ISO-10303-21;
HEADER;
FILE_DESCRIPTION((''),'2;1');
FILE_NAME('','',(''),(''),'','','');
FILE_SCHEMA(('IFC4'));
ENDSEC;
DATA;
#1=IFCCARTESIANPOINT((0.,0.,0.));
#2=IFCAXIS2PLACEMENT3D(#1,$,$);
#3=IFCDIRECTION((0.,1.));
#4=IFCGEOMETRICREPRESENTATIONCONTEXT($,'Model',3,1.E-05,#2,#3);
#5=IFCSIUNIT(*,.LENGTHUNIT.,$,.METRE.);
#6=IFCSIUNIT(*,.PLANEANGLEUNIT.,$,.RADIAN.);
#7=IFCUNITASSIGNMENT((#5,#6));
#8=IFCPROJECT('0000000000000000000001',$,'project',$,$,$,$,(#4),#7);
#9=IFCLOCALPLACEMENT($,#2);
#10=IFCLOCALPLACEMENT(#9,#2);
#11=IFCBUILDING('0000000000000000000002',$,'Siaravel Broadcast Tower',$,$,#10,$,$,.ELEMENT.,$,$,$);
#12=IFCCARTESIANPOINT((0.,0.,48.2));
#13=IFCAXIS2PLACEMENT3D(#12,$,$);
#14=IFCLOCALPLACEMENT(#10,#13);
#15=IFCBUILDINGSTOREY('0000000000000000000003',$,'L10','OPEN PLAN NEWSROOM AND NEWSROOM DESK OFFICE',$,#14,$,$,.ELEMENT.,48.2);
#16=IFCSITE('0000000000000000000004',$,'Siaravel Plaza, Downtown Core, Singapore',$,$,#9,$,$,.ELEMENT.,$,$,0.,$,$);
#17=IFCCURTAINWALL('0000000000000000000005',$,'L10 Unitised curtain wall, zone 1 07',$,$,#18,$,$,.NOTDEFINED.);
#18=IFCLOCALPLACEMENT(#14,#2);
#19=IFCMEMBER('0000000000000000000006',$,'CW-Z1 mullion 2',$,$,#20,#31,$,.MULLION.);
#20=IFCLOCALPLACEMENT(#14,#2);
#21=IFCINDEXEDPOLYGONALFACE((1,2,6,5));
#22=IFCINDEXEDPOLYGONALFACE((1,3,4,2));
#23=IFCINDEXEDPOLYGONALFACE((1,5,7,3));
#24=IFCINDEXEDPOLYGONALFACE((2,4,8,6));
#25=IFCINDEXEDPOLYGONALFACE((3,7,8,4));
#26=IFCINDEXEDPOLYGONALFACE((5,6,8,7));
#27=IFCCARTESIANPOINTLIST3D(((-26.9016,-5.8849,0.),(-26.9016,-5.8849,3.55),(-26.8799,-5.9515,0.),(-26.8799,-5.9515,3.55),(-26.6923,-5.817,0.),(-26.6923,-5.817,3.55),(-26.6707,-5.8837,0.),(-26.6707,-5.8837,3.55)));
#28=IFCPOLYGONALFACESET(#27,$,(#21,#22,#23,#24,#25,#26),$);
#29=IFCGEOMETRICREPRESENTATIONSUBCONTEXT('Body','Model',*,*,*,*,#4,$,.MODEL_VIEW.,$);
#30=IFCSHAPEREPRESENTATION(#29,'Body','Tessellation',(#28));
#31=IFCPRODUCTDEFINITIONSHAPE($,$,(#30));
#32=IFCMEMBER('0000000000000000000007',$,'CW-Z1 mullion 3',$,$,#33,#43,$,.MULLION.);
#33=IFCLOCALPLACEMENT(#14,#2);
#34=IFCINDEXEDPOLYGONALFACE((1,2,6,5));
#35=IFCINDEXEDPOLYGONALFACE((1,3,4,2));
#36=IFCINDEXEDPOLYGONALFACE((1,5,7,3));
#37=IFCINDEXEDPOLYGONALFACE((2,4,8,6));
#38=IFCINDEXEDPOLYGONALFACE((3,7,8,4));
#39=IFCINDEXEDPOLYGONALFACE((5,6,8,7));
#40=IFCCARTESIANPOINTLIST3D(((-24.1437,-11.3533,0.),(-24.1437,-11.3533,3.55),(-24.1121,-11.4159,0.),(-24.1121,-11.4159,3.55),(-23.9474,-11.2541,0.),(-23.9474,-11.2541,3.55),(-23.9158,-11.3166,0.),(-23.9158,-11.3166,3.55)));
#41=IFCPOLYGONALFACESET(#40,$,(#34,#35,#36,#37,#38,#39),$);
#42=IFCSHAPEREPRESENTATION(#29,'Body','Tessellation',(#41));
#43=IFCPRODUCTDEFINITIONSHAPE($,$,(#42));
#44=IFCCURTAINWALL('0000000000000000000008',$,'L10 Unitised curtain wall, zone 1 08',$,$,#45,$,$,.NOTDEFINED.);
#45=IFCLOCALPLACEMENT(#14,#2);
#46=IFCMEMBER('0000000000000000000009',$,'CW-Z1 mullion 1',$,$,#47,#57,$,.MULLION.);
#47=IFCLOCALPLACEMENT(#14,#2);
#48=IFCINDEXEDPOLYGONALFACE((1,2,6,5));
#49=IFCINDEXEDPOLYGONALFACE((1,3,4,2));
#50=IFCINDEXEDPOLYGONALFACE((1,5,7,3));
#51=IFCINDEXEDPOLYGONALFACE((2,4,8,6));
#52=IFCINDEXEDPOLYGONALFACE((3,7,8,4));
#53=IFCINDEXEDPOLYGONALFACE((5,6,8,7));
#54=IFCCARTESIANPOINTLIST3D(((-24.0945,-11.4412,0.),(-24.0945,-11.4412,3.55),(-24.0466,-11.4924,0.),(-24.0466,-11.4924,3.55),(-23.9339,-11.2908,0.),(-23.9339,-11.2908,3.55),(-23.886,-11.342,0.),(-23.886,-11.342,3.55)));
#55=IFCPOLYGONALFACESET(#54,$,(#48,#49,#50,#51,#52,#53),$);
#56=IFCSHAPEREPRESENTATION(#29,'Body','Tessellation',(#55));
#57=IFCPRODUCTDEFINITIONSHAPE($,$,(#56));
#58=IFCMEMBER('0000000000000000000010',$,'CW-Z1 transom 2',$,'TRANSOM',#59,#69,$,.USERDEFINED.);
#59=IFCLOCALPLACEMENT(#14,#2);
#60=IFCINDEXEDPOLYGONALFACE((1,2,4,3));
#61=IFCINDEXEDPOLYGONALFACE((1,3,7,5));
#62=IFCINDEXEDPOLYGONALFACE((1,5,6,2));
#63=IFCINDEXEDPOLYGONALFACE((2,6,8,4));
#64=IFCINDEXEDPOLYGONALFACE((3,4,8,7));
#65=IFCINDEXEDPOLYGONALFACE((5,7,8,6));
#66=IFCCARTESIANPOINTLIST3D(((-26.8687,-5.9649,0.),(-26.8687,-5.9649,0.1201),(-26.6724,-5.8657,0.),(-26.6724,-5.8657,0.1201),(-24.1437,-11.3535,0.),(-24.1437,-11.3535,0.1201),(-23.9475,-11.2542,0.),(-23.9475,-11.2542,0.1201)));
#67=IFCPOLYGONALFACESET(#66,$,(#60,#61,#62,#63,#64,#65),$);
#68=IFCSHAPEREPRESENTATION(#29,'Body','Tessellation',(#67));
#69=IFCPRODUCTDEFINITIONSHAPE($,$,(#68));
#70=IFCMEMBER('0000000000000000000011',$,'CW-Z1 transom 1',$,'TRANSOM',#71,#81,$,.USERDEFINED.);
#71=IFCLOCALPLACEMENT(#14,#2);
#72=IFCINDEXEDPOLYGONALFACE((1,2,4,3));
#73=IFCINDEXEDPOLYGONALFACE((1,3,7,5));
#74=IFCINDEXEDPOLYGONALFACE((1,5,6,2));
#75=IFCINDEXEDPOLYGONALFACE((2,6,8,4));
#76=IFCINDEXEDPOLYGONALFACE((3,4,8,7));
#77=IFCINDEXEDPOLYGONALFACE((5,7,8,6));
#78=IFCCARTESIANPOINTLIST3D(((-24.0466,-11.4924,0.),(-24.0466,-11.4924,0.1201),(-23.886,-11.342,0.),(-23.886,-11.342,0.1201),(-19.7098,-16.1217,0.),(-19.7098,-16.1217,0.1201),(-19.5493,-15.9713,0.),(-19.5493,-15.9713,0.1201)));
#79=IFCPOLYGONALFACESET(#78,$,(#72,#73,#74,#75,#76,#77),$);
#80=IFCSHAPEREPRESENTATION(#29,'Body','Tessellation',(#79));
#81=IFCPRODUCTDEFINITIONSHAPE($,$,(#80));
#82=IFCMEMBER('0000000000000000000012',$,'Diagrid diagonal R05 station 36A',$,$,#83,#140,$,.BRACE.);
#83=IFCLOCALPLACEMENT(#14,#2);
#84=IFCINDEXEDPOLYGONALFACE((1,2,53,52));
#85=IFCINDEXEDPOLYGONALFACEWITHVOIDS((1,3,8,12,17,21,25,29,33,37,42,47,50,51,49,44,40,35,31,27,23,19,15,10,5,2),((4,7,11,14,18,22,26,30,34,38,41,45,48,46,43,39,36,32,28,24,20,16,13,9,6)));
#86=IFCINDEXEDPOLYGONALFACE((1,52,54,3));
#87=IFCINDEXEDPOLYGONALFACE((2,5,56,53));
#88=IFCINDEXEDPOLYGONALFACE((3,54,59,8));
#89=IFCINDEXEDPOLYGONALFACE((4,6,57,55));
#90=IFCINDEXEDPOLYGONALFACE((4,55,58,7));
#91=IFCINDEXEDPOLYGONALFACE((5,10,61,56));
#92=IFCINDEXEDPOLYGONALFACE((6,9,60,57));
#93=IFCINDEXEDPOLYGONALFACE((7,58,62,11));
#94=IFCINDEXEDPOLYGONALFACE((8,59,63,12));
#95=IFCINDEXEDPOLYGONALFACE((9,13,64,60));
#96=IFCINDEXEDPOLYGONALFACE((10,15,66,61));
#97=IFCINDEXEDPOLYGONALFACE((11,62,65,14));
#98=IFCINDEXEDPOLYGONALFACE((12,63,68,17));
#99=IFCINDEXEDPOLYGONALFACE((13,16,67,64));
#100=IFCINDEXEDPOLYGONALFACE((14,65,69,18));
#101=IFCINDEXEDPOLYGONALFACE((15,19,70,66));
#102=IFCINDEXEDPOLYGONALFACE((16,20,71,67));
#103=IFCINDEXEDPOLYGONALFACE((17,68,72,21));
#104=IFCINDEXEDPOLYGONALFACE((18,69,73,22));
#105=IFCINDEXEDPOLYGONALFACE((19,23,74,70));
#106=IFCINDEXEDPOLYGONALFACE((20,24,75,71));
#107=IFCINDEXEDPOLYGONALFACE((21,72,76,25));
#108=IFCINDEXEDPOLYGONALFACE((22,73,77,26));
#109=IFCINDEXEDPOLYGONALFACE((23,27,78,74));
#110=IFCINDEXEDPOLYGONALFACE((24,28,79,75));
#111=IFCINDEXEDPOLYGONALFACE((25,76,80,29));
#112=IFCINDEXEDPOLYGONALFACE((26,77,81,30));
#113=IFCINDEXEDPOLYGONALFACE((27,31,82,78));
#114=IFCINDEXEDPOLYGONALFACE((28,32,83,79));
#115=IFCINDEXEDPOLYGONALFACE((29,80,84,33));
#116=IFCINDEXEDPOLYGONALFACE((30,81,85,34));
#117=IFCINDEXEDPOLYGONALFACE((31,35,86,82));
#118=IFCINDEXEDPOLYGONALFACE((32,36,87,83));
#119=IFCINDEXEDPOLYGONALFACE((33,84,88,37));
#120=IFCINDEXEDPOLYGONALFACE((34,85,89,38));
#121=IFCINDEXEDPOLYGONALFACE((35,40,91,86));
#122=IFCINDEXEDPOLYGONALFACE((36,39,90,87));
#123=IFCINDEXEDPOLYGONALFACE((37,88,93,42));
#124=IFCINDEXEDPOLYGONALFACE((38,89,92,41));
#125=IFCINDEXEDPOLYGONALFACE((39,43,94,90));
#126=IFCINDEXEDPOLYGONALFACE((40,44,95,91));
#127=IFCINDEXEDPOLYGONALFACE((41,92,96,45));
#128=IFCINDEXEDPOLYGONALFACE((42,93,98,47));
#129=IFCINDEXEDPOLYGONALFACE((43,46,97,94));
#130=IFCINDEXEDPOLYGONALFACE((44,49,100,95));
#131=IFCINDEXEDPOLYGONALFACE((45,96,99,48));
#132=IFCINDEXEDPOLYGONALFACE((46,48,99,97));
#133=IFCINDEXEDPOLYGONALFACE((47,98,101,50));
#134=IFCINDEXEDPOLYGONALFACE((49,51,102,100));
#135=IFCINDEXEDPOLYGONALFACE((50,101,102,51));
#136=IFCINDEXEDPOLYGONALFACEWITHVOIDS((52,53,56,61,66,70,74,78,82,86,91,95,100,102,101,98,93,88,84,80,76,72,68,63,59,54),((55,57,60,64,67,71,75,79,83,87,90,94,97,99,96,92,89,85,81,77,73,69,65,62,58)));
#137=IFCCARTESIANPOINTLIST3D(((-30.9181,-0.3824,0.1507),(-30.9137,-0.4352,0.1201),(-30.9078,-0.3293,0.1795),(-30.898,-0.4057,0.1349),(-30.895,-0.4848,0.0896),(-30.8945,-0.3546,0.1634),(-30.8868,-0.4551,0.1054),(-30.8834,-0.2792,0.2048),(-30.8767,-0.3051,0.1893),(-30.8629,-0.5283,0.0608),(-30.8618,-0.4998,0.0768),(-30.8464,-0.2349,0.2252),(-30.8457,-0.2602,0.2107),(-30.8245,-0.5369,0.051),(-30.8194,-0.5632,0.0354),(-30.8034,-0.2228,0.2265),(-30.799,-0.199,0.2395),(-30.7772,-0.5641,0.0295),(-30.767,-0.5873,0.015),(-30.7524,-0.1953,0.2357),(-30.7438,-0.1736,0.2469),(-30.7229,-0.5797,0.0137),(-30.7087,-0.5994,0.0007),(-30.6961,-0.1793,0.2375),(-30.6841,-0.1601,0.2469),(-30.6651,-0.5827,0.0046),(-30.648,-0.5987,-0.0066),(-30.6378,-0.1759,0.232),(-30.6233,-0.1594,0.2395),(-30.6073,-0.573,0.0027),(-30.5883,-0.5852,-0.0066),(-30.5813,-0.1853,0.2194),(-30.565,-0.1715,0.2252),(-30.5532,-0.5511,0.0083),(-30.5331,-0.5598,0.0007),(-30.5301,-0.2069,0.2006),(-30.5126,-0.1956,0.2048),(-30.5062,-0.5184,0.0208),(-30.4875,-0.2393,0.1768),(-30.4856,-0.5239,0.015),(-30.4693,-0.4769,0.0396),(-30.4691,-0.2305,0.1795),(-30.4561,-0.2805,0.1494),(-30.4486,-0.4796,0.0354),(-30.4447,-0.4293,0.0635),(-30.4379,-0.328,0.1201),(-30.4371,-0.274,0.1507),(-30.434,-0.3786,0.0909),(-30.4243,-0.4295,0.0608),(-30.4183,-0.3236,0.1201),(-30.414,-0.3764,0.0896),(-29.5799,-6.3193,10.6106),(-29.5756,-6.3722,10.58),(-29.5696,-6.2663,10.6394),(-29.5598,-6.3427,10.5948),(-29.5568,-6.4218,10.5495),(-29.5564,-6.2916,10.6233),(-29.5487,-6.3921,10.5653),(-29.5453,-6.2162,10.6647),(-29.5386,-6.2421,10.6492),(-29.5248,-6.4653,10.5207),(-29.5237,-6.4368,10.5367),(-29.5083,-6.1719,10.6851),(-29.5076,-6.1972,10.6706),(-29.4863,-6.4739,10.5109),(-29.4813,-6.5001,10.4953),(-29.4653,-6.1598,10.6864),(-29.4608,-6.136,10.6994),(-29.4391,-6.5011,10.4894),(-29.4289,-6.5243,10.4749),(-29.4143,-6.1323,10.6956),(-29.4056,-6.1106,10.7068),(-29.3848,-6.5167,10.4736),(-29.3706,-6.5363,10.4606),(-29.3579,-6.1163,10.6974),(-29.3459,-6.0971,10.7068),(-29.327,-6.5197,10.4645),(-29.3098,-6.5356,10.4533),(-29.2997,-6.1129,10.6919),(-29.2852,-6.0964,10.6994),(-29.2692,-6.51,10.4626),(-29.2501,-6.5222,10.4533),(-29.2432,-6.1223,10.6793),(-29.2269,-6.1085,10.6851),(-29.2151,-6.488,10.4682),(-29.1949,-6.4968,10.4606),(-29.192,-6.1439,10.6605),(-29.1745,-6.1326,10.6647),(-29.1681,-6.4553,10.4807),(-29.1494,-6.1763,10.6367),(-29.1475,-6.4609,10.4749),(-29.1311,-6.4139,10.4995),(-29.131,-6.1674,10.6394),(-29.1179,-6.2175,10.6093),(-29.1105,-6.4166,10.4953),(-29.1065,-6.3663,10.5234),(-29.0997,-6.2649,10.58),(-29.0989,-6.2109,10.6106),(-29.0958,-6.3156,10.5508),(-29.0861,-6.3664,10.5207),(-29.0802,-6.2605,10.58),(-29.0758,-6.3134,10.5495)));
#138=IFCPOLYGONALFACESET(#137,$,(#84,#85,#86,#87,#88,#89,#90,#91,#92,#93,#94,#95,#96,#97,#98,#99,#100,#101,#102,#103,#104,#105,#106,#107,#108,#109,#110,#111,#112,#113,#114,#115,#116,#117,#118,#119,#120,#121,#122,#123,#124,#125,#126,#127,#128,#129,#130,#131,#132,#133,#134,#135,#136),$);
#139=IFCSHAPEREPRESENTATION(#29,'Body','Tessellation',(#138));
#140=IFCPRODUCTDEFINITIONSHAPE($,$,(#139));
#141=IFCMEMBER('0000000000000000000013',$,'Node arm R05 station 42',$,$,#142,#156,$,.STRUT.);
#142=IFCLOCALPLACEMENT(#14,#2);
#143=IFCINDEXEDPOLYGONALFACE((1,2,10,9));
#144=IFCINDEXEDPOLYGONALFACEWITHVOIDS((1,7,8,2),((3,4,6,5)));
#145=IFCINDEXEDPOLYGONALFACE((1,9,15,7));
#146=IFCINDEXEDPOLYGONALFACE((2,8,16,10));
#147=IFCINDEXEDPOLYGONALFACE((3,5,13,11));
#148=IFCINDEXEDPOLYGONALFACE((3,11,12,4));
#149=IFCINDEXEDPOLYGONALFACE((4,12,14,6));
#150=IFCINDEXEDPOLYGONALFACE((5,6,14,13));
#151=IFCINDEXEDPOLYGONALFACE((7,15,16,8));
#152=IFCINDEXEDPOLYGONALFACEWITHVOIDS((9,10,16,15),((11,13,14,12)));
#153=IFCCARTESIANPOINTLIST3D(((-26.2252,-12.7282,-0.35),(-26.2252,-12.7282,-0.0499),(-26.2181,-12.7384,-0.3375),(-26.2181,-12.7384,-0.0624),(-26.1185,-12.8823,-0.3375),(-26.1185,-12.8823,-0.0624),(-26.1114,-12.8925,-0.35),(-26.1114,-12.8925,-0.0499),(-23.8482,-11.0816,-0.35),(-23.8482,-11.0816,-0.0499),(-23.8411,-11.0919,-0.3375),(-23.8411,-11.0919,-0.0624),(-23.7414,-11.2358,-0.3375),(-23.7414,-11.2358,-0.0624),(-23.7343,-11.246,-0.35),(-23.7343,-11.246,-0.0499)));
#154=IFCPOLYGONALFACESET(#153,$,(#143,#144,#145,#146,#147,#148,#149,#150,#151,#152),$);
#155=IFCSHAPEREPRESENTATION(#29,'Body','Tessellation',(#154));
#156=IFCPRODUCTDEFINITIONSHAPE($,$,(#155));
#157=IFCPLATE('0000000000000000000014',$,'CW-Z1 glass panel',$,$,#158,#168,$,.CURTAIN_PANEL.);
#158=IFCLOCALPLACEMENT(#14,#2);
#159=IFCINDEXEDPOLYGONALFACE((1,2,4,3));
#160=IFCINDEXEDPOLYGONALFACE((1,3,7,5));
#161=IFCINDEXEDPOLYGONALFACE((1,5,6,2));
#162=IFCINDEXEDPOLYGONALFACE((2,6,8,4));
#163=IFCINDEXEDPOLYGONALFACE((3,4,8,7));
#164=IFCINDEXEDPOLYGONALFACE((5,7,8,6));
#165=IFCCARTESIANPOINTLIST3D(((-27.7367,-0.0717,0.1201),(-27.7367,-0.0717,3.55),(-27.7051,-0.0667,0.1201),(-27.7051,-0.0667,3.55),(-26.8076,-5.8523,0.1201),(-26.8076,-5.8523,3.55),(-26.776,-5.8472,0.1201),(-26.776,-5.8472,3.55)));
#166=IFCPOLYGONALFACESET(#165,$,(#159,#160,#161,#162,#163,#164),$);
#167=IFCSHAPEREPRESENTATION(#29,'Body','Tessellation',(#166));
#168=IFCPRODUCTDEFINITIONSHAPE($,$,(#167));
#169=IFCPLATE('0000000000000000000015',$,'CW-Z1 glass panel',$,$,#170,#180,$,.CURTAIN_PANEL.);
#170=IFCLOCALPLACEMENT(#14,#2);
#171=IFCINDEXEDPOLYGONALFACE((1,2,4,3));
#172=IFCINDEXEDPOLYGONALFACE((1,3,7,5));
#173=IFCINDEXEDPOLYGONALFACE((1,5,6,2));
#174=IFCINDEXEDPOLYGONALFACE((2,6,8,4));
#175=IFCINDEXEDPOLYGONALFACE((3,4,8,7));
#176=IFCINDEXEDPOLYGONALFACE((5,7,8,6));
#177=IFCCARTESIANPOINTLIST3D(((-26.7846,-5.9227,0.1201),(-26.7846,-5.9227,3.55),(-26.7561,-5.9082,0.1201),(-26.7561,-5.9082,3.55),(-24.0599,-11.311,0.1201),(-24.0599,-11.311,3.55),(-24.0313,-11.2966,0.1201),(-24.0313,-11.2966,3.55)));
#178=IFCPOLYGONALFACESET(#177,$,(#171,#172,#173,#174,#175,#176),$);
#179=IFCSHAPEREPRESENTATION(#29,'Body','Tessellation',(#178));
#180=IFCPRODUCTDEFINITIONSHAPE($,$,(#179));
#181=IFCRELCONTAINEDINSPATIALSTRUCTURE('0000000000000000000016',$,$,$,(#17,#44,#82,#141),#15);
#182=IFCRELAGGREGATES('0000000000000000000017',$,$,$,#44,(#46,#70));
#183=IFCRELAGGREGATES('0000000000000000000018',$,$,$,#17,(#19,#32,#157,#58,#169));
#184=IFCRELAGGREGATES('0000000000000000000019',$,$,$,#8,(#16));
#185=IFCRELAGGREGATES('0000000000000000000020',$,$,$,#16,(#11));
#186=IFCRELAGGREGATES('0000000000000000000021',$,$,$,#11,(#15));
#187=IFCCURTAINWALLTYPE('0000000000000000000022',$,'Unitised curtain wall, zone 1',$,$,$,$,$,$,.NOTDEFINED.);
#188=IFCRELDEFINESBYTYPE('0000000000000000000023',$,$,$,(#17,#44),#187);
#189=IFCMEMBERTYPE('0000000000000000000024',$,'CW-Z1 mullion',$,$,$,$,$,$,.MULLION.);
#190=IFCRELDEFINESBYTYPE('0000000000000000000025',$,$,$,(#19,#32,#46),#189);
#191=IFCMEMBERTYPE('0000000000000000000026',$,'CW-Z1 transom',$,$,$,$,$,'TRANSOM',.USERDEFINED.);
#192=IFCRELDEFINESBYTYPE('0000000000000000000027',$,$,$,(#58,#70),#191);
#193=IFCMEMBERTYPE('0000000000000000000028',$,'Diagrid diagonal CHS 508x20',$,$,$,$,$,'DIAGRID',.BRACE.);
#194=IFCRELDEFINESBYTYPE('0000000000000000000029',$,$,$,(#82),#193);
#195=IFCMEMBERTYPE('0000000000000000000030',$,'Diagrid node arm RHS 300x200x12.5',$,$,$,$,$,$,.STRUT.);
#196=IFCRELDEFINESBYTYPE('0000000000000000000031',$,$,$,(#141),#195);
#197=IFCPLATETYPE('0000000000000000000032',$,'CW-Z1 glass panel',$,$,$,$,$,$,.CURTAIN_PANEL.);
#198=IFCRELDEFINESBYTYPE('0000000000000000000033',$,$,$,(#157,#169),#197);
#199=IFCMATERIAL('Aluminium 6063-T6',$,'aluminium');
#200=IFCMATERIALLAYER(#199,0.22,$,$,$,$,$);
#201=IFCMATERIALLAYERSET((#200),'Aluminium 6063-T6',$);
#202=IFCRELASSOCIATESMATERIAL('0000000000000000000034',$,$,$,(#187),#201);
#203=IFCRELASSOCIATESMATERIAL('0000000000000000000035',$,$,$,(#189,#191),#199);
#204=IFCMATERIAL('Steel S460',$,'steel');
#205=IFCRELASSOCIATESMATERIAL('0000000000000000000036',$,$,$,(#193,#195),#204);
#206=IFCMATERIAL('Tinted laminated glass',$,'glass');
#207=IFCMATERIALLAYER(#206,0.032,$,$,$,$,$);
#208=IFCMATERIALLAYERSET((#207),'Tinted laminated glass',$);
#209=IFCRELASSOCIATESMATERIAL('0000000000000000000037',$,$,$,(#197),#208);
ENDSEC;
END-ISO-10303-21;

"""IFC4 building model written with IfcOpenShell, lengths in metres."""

from ifc_helpers import new_model, si_unit, direction, frame, origin, origin_2d, place, context, subcontext, project, spatial, rectangle, hollow_rectangle, hollow_circle, extrude, material, layer, layer_set, material_profile, profile_set, type_object, element, aggregate, save


model = new_model("IFC4")

# Units and contexts
model_context = context("Model", 3, precision=1e-05, world=origin(), true_north=direction((0.0, 1.0)))
body_context = subcontext(model_context, "Body", "Model", "MODEL_VIEW")
ifc_project = project(units=[si_unit("LENGTHUNIT", "METRE"), si_unit("PLANEANGLEUNIT", "RADIAN")], contexts=[model_context])

# Site, building, storey
site_placement = place(None, origin())
site = spatial("IfcSite", under=ifc_project, at=site_placement, Name="Siaravel Plaza, Downtown Core, Singapore", CompositionType="ELEMENT", RefElevation=0.0)
building_placement = place(site_placement, origin())
building = spatial("IfcBuilding", under=site, at=building_placement, Name="Siaravel Broadcast Tower", CompositionType="ELEMENT")
storey_placement = place(building_placement, frame((0.0, 0.0, 48.2)))
storey = spatial("IfcBuildingStorey", under=building, at=storey_placement, Name="L10", Description="OPEN PLAN NEWSROOM AND NEWSROOM DESK OFFICE", CompositionType="ELEMENT", Elevation=48.2)

# Curtain wall, members
ifc_material_1 = material(Name="Aluminium 6063-T6", Category="aluminium")
ifc_layer_1 = layer(ifc_material_1, 0.22)
ifc_layer_set_1 = layer_set([ifc_layer_1], Name="Aluminium 6063-T6")
curtain_wall_type = type_object("IfcCurtainWallType", Name="Unitised curtain wall, zone 1", PredefinedType="NOTDEFINED", material=ifc_layer_set_1)
curtain_wall_1_placement = place(storey_placement, origin())
curtain_wall_1 = element("IfcCurtainWall", 1, at=curtain_wall_1_placement, inside=storey, type_object=curtain_wall_type, Name="L10 Unitised curtain wall, zone 1 07", PredefinedType="NOTDEFINED")
ifc_material_profile_1 = material_profile(ifc_material_1, rectangle(XDim=0.22, YDim=0.0701, at=origin_2d()))
ifc_profile_set_1 = profile_set([ifc_material_profile_1], Name="Aluminium 6063-T6")
member_type_1 = type_object("IfcMemberType", Name="CW-Z1 mullion", PredefinedType="MULLION", material=ifc_profile_set_1)
member_1_placement = place(storey_placement, frame((-26.7861, -5.8843, 0.0), z_axis=(0.0, 0.0, 1.0), x_axis=(0.951177, 0.308646, 0.0)))
member_1 = element("IfcMember", 2, at=member_1_placement, type_object=member_type_1, Name="CW-Z1 mullion 2", PredefinedType="MULLION", context=body_context, shape_type="SweptSolid", body=[
    extrude(rectangle(XDim=0.22, YDim=0.0701, at=origin_2d()), origin(), (0.0, 0.0, 1.0), 3.55),
])
member_2_placement = place(storey_placement, frame((-24.0298, -11.335, 0.0), z_axis=(0.0, 0.0, 1.0), x_axis=(0.892392, 0.451261, 0.0)))
member_2 = element("IfcMember", 3, at=member_2_placement, type_object=member_type_1, Name="CW-Z1 mullion 3", PredefinedType="MULLION", context=body_context, shape_type="SweptSolid", body=[
    extrude(rectangle(XDim=0.22, YDim=0.0701, at=origin_2d()), origin(), (0.0, 0.0, 1.0), 3.55),
])

# Curtain wall, member
curtain_wall_2_placement = place(storey_placement, origin())
curtain_wall_2 = element("IfcCurtainWall", 4, at=curtain_wall_2_placement, inside=storey, type_object=curtain_wall_type, Name="L10 Unitised curtain wall, zone 1 08", PredefinedType="NOTDEFINED")
member_3_placement = place(storey_placement, frame((-23.9902, -11.3916, 0.0), z_axis=(0.0, 0.0, 1.0), x_axis=(0.729805, 0.683655, 0.0)))
member_3 = element("IfcMember", 5, at=member_3_placement, type_object=member_type_1, Name="CW-Z1 mullion 1", PredefinedType="MULLION", context=body_context, shape_type="SweptSolid", body=[
    extrude(rectangle(XDim=0.22, YDim=0.0701, at=origin_2d()), origin(), (0.0, 0.0, 1.0), 3.55),
])

# Members
ifc_material_profile_2 = material_profile(ifc_material_1, rectangle(XDim=0.22, YDim=0.1201, at=origin_2d()))
ifc_profile_set_2 = profile_set([ifc_material_profile_2], Name="Aluminium 6063-T6")
member_type_2 = type_object("IfcMemberType", Name="CW-Z1 transom", ElementType="TRANSOM", PredefinedType="USERDEFINED", material=ifc_profile_set_2)
member_4_placement = place(storey_placement, frame((-26.7705, -5.9153, 0.0601), z_axis=(0.451268, -0.892388, 0.0), x_axis=(0.892388, 0.451268, 0.0)))
member_4 = element("IfcMember", 6, at=member_4_placement, type_object=member_type_2, Name="CW-Z1 transom 2", ObjectType="TRANSOM", PredefinedType="USERDEFINED", context=body_context, shape_type="SweptSolid", body=[
    extrude(rectangle(XDim=0.22, YDim=0.1201, at=origin_2d()), origin(), (0.0, 0.0, 1.0), 6.0383),
])
member_5_placement = place(storey_placement, frame((-23.9663, -11.4172, 0.0601), z_axis=(0.683676, -0.729786, 0.0), x_axis=(0.729786, 0.683676, 0.0)))
member_5 = element("IfcMember", 7, at=member_5_placement, type_object=member_type_2, Name="CW-Z1 transom 1", ObjectType="TRANSOM", PredefinedType="USERDEFINED", context=body_context, shape_type="SweptSolid", body=[
    extrude(rectangle(XDim=0.22, YDim=0.1201, at=origin_2d()), origin(), (0.0, 0.0, 1.0), 6.3433),
])
aggregate(curtain_wall_2, [member_3, member_5])

# Members
ifc_material_2 = material(Name="Steel S460", Category="steel")
ifc_material_profile_3 = material_profile(ifc_material_2, hollow_circle(Radius=0.2539, WallThickness=0.02, at=origin_2d()))
ifc_profile_set_3 = profile_set([ifc_material_profile_3], Name="Steel S460")
member_type_3 = type_object("IfcMemberType", Name="Diagrid diagonal CHS 508x20", ElementType="DIAGRID", PredefinedType="BRACE", material=ifc_profile_set_3)
member_6_placement = place(storey_placement, frame((-30.666, -0.3794, 0.1201), z_axis=(0.110575, -0.490596, 0.864343), x_axis=(0.975529, 0.219873, 0.0)))
element("IfcMember", 8, at=member_6_placement, inside=storey, type_object=member_type_3, Name="Diagrid diagonal R05 station 36A", PredefinedType="BRACE", context=body_context, shape_type="SweptSolid", body=[
    extrude(hollow_circle(Radius=0.2539, WallThickness=0.02, at=origin_2d()), origin(), (0.0, 0.0, 1.0), 12.1016),
])
ifc_material_profile_4 = material_profile(ifc_material_2, hollow_rectangle(XDim=0.2, YDim=0.3, WallThickness=0.0125, at=origin_2d()))
ifc_profile_set_4 = profile_set([ifc_material_profile_4], Name="Steel S460")
member_type_4 = type_object("IfcMemberType", Name="Diagrid node arm RHS 300x200x12.5", PredefinedType="STRUT", material=ifc_profile_set_4)
member_7_placement = place(storey_placement, frame((-23.7913, -11.1638, -0.2), z_axis=(-0.822046, -0.569421, 0.0), x_axis=(0.569421, -0.822046, 0.0)))
element("IfcMember", 9, at=member_7_placement, inside=storey, type_object=member_type_4, Name="Node arm R05 station 42", PredefinedType="STRUT", context=body_context, shape_type="SweptSolid", body=[
    extrude(hollow_rectangle(XDim=0.2, YDim=0.3, WallThickness=0.0125, at=origin_2d()), origin(), (0.0, 0.0, 1.0), 2.8916),
])

# Plates
ifc_material_3 = material(Name="Tinted laminated glass", Category="glass")
ifc_layer_2 = layer(ifc_material_3, 0.032)
ifc_layer_set_2 = layer_set([ifc_layer_2], Name="Tinted laminated glass")
plate_type = type_object("IfcPlateType", Name="CW-Z1 glass panel", PredefinedType="CURTAIN_PANEL", material=ifc_layer_set_2)
plate_1_placement = place(storey_placement, frame((-27.2563, -2.9595, 0.1201), z_axis=(0.0, 0.0, 1.0), x_axis=(0.158686, -0.987329, 0.0)))
plate_1 = element("IfcPlate", 10, at=plate_1_placement, type_object=plate_type, Name="CW-Z1 glass panel", PredefinedType="CURTAIN_PANEL", context=body_context, shape_type="SweptSolid", body=[
    extrude(rectangle(XDim=5.8547, YDim=0.032, at=origin_2d()), origin(), (0.0, 0.0, 1.0), 3.4299),
])
plate_2_placement = place(storey_placement, frame((-25.408, -8.6096, 0.1201), z_axis=(0.0, 0.0, 1.0), x_axis=(0.451261, -0.892392, 0.0)))
plate_2 = element("IfcPlate", 11, at=plate_2_placement, type_object=plate_type, Name="CW-Z1 glass panel", PredefinedType="CURTAIN_PANEL", context=body_context, shape_type="SweptSolid", body=[
    extrude(rectangle(XDim=6.0381, YDim=0.032, at=origin_2d()), origin(), (0.0, 0.0, 1.0), 3.4299),
])
aggregate(curtain_wall_1, [member_1, member_2, plate_1, member_4, plate_2])

save(model, "model.ifc")
